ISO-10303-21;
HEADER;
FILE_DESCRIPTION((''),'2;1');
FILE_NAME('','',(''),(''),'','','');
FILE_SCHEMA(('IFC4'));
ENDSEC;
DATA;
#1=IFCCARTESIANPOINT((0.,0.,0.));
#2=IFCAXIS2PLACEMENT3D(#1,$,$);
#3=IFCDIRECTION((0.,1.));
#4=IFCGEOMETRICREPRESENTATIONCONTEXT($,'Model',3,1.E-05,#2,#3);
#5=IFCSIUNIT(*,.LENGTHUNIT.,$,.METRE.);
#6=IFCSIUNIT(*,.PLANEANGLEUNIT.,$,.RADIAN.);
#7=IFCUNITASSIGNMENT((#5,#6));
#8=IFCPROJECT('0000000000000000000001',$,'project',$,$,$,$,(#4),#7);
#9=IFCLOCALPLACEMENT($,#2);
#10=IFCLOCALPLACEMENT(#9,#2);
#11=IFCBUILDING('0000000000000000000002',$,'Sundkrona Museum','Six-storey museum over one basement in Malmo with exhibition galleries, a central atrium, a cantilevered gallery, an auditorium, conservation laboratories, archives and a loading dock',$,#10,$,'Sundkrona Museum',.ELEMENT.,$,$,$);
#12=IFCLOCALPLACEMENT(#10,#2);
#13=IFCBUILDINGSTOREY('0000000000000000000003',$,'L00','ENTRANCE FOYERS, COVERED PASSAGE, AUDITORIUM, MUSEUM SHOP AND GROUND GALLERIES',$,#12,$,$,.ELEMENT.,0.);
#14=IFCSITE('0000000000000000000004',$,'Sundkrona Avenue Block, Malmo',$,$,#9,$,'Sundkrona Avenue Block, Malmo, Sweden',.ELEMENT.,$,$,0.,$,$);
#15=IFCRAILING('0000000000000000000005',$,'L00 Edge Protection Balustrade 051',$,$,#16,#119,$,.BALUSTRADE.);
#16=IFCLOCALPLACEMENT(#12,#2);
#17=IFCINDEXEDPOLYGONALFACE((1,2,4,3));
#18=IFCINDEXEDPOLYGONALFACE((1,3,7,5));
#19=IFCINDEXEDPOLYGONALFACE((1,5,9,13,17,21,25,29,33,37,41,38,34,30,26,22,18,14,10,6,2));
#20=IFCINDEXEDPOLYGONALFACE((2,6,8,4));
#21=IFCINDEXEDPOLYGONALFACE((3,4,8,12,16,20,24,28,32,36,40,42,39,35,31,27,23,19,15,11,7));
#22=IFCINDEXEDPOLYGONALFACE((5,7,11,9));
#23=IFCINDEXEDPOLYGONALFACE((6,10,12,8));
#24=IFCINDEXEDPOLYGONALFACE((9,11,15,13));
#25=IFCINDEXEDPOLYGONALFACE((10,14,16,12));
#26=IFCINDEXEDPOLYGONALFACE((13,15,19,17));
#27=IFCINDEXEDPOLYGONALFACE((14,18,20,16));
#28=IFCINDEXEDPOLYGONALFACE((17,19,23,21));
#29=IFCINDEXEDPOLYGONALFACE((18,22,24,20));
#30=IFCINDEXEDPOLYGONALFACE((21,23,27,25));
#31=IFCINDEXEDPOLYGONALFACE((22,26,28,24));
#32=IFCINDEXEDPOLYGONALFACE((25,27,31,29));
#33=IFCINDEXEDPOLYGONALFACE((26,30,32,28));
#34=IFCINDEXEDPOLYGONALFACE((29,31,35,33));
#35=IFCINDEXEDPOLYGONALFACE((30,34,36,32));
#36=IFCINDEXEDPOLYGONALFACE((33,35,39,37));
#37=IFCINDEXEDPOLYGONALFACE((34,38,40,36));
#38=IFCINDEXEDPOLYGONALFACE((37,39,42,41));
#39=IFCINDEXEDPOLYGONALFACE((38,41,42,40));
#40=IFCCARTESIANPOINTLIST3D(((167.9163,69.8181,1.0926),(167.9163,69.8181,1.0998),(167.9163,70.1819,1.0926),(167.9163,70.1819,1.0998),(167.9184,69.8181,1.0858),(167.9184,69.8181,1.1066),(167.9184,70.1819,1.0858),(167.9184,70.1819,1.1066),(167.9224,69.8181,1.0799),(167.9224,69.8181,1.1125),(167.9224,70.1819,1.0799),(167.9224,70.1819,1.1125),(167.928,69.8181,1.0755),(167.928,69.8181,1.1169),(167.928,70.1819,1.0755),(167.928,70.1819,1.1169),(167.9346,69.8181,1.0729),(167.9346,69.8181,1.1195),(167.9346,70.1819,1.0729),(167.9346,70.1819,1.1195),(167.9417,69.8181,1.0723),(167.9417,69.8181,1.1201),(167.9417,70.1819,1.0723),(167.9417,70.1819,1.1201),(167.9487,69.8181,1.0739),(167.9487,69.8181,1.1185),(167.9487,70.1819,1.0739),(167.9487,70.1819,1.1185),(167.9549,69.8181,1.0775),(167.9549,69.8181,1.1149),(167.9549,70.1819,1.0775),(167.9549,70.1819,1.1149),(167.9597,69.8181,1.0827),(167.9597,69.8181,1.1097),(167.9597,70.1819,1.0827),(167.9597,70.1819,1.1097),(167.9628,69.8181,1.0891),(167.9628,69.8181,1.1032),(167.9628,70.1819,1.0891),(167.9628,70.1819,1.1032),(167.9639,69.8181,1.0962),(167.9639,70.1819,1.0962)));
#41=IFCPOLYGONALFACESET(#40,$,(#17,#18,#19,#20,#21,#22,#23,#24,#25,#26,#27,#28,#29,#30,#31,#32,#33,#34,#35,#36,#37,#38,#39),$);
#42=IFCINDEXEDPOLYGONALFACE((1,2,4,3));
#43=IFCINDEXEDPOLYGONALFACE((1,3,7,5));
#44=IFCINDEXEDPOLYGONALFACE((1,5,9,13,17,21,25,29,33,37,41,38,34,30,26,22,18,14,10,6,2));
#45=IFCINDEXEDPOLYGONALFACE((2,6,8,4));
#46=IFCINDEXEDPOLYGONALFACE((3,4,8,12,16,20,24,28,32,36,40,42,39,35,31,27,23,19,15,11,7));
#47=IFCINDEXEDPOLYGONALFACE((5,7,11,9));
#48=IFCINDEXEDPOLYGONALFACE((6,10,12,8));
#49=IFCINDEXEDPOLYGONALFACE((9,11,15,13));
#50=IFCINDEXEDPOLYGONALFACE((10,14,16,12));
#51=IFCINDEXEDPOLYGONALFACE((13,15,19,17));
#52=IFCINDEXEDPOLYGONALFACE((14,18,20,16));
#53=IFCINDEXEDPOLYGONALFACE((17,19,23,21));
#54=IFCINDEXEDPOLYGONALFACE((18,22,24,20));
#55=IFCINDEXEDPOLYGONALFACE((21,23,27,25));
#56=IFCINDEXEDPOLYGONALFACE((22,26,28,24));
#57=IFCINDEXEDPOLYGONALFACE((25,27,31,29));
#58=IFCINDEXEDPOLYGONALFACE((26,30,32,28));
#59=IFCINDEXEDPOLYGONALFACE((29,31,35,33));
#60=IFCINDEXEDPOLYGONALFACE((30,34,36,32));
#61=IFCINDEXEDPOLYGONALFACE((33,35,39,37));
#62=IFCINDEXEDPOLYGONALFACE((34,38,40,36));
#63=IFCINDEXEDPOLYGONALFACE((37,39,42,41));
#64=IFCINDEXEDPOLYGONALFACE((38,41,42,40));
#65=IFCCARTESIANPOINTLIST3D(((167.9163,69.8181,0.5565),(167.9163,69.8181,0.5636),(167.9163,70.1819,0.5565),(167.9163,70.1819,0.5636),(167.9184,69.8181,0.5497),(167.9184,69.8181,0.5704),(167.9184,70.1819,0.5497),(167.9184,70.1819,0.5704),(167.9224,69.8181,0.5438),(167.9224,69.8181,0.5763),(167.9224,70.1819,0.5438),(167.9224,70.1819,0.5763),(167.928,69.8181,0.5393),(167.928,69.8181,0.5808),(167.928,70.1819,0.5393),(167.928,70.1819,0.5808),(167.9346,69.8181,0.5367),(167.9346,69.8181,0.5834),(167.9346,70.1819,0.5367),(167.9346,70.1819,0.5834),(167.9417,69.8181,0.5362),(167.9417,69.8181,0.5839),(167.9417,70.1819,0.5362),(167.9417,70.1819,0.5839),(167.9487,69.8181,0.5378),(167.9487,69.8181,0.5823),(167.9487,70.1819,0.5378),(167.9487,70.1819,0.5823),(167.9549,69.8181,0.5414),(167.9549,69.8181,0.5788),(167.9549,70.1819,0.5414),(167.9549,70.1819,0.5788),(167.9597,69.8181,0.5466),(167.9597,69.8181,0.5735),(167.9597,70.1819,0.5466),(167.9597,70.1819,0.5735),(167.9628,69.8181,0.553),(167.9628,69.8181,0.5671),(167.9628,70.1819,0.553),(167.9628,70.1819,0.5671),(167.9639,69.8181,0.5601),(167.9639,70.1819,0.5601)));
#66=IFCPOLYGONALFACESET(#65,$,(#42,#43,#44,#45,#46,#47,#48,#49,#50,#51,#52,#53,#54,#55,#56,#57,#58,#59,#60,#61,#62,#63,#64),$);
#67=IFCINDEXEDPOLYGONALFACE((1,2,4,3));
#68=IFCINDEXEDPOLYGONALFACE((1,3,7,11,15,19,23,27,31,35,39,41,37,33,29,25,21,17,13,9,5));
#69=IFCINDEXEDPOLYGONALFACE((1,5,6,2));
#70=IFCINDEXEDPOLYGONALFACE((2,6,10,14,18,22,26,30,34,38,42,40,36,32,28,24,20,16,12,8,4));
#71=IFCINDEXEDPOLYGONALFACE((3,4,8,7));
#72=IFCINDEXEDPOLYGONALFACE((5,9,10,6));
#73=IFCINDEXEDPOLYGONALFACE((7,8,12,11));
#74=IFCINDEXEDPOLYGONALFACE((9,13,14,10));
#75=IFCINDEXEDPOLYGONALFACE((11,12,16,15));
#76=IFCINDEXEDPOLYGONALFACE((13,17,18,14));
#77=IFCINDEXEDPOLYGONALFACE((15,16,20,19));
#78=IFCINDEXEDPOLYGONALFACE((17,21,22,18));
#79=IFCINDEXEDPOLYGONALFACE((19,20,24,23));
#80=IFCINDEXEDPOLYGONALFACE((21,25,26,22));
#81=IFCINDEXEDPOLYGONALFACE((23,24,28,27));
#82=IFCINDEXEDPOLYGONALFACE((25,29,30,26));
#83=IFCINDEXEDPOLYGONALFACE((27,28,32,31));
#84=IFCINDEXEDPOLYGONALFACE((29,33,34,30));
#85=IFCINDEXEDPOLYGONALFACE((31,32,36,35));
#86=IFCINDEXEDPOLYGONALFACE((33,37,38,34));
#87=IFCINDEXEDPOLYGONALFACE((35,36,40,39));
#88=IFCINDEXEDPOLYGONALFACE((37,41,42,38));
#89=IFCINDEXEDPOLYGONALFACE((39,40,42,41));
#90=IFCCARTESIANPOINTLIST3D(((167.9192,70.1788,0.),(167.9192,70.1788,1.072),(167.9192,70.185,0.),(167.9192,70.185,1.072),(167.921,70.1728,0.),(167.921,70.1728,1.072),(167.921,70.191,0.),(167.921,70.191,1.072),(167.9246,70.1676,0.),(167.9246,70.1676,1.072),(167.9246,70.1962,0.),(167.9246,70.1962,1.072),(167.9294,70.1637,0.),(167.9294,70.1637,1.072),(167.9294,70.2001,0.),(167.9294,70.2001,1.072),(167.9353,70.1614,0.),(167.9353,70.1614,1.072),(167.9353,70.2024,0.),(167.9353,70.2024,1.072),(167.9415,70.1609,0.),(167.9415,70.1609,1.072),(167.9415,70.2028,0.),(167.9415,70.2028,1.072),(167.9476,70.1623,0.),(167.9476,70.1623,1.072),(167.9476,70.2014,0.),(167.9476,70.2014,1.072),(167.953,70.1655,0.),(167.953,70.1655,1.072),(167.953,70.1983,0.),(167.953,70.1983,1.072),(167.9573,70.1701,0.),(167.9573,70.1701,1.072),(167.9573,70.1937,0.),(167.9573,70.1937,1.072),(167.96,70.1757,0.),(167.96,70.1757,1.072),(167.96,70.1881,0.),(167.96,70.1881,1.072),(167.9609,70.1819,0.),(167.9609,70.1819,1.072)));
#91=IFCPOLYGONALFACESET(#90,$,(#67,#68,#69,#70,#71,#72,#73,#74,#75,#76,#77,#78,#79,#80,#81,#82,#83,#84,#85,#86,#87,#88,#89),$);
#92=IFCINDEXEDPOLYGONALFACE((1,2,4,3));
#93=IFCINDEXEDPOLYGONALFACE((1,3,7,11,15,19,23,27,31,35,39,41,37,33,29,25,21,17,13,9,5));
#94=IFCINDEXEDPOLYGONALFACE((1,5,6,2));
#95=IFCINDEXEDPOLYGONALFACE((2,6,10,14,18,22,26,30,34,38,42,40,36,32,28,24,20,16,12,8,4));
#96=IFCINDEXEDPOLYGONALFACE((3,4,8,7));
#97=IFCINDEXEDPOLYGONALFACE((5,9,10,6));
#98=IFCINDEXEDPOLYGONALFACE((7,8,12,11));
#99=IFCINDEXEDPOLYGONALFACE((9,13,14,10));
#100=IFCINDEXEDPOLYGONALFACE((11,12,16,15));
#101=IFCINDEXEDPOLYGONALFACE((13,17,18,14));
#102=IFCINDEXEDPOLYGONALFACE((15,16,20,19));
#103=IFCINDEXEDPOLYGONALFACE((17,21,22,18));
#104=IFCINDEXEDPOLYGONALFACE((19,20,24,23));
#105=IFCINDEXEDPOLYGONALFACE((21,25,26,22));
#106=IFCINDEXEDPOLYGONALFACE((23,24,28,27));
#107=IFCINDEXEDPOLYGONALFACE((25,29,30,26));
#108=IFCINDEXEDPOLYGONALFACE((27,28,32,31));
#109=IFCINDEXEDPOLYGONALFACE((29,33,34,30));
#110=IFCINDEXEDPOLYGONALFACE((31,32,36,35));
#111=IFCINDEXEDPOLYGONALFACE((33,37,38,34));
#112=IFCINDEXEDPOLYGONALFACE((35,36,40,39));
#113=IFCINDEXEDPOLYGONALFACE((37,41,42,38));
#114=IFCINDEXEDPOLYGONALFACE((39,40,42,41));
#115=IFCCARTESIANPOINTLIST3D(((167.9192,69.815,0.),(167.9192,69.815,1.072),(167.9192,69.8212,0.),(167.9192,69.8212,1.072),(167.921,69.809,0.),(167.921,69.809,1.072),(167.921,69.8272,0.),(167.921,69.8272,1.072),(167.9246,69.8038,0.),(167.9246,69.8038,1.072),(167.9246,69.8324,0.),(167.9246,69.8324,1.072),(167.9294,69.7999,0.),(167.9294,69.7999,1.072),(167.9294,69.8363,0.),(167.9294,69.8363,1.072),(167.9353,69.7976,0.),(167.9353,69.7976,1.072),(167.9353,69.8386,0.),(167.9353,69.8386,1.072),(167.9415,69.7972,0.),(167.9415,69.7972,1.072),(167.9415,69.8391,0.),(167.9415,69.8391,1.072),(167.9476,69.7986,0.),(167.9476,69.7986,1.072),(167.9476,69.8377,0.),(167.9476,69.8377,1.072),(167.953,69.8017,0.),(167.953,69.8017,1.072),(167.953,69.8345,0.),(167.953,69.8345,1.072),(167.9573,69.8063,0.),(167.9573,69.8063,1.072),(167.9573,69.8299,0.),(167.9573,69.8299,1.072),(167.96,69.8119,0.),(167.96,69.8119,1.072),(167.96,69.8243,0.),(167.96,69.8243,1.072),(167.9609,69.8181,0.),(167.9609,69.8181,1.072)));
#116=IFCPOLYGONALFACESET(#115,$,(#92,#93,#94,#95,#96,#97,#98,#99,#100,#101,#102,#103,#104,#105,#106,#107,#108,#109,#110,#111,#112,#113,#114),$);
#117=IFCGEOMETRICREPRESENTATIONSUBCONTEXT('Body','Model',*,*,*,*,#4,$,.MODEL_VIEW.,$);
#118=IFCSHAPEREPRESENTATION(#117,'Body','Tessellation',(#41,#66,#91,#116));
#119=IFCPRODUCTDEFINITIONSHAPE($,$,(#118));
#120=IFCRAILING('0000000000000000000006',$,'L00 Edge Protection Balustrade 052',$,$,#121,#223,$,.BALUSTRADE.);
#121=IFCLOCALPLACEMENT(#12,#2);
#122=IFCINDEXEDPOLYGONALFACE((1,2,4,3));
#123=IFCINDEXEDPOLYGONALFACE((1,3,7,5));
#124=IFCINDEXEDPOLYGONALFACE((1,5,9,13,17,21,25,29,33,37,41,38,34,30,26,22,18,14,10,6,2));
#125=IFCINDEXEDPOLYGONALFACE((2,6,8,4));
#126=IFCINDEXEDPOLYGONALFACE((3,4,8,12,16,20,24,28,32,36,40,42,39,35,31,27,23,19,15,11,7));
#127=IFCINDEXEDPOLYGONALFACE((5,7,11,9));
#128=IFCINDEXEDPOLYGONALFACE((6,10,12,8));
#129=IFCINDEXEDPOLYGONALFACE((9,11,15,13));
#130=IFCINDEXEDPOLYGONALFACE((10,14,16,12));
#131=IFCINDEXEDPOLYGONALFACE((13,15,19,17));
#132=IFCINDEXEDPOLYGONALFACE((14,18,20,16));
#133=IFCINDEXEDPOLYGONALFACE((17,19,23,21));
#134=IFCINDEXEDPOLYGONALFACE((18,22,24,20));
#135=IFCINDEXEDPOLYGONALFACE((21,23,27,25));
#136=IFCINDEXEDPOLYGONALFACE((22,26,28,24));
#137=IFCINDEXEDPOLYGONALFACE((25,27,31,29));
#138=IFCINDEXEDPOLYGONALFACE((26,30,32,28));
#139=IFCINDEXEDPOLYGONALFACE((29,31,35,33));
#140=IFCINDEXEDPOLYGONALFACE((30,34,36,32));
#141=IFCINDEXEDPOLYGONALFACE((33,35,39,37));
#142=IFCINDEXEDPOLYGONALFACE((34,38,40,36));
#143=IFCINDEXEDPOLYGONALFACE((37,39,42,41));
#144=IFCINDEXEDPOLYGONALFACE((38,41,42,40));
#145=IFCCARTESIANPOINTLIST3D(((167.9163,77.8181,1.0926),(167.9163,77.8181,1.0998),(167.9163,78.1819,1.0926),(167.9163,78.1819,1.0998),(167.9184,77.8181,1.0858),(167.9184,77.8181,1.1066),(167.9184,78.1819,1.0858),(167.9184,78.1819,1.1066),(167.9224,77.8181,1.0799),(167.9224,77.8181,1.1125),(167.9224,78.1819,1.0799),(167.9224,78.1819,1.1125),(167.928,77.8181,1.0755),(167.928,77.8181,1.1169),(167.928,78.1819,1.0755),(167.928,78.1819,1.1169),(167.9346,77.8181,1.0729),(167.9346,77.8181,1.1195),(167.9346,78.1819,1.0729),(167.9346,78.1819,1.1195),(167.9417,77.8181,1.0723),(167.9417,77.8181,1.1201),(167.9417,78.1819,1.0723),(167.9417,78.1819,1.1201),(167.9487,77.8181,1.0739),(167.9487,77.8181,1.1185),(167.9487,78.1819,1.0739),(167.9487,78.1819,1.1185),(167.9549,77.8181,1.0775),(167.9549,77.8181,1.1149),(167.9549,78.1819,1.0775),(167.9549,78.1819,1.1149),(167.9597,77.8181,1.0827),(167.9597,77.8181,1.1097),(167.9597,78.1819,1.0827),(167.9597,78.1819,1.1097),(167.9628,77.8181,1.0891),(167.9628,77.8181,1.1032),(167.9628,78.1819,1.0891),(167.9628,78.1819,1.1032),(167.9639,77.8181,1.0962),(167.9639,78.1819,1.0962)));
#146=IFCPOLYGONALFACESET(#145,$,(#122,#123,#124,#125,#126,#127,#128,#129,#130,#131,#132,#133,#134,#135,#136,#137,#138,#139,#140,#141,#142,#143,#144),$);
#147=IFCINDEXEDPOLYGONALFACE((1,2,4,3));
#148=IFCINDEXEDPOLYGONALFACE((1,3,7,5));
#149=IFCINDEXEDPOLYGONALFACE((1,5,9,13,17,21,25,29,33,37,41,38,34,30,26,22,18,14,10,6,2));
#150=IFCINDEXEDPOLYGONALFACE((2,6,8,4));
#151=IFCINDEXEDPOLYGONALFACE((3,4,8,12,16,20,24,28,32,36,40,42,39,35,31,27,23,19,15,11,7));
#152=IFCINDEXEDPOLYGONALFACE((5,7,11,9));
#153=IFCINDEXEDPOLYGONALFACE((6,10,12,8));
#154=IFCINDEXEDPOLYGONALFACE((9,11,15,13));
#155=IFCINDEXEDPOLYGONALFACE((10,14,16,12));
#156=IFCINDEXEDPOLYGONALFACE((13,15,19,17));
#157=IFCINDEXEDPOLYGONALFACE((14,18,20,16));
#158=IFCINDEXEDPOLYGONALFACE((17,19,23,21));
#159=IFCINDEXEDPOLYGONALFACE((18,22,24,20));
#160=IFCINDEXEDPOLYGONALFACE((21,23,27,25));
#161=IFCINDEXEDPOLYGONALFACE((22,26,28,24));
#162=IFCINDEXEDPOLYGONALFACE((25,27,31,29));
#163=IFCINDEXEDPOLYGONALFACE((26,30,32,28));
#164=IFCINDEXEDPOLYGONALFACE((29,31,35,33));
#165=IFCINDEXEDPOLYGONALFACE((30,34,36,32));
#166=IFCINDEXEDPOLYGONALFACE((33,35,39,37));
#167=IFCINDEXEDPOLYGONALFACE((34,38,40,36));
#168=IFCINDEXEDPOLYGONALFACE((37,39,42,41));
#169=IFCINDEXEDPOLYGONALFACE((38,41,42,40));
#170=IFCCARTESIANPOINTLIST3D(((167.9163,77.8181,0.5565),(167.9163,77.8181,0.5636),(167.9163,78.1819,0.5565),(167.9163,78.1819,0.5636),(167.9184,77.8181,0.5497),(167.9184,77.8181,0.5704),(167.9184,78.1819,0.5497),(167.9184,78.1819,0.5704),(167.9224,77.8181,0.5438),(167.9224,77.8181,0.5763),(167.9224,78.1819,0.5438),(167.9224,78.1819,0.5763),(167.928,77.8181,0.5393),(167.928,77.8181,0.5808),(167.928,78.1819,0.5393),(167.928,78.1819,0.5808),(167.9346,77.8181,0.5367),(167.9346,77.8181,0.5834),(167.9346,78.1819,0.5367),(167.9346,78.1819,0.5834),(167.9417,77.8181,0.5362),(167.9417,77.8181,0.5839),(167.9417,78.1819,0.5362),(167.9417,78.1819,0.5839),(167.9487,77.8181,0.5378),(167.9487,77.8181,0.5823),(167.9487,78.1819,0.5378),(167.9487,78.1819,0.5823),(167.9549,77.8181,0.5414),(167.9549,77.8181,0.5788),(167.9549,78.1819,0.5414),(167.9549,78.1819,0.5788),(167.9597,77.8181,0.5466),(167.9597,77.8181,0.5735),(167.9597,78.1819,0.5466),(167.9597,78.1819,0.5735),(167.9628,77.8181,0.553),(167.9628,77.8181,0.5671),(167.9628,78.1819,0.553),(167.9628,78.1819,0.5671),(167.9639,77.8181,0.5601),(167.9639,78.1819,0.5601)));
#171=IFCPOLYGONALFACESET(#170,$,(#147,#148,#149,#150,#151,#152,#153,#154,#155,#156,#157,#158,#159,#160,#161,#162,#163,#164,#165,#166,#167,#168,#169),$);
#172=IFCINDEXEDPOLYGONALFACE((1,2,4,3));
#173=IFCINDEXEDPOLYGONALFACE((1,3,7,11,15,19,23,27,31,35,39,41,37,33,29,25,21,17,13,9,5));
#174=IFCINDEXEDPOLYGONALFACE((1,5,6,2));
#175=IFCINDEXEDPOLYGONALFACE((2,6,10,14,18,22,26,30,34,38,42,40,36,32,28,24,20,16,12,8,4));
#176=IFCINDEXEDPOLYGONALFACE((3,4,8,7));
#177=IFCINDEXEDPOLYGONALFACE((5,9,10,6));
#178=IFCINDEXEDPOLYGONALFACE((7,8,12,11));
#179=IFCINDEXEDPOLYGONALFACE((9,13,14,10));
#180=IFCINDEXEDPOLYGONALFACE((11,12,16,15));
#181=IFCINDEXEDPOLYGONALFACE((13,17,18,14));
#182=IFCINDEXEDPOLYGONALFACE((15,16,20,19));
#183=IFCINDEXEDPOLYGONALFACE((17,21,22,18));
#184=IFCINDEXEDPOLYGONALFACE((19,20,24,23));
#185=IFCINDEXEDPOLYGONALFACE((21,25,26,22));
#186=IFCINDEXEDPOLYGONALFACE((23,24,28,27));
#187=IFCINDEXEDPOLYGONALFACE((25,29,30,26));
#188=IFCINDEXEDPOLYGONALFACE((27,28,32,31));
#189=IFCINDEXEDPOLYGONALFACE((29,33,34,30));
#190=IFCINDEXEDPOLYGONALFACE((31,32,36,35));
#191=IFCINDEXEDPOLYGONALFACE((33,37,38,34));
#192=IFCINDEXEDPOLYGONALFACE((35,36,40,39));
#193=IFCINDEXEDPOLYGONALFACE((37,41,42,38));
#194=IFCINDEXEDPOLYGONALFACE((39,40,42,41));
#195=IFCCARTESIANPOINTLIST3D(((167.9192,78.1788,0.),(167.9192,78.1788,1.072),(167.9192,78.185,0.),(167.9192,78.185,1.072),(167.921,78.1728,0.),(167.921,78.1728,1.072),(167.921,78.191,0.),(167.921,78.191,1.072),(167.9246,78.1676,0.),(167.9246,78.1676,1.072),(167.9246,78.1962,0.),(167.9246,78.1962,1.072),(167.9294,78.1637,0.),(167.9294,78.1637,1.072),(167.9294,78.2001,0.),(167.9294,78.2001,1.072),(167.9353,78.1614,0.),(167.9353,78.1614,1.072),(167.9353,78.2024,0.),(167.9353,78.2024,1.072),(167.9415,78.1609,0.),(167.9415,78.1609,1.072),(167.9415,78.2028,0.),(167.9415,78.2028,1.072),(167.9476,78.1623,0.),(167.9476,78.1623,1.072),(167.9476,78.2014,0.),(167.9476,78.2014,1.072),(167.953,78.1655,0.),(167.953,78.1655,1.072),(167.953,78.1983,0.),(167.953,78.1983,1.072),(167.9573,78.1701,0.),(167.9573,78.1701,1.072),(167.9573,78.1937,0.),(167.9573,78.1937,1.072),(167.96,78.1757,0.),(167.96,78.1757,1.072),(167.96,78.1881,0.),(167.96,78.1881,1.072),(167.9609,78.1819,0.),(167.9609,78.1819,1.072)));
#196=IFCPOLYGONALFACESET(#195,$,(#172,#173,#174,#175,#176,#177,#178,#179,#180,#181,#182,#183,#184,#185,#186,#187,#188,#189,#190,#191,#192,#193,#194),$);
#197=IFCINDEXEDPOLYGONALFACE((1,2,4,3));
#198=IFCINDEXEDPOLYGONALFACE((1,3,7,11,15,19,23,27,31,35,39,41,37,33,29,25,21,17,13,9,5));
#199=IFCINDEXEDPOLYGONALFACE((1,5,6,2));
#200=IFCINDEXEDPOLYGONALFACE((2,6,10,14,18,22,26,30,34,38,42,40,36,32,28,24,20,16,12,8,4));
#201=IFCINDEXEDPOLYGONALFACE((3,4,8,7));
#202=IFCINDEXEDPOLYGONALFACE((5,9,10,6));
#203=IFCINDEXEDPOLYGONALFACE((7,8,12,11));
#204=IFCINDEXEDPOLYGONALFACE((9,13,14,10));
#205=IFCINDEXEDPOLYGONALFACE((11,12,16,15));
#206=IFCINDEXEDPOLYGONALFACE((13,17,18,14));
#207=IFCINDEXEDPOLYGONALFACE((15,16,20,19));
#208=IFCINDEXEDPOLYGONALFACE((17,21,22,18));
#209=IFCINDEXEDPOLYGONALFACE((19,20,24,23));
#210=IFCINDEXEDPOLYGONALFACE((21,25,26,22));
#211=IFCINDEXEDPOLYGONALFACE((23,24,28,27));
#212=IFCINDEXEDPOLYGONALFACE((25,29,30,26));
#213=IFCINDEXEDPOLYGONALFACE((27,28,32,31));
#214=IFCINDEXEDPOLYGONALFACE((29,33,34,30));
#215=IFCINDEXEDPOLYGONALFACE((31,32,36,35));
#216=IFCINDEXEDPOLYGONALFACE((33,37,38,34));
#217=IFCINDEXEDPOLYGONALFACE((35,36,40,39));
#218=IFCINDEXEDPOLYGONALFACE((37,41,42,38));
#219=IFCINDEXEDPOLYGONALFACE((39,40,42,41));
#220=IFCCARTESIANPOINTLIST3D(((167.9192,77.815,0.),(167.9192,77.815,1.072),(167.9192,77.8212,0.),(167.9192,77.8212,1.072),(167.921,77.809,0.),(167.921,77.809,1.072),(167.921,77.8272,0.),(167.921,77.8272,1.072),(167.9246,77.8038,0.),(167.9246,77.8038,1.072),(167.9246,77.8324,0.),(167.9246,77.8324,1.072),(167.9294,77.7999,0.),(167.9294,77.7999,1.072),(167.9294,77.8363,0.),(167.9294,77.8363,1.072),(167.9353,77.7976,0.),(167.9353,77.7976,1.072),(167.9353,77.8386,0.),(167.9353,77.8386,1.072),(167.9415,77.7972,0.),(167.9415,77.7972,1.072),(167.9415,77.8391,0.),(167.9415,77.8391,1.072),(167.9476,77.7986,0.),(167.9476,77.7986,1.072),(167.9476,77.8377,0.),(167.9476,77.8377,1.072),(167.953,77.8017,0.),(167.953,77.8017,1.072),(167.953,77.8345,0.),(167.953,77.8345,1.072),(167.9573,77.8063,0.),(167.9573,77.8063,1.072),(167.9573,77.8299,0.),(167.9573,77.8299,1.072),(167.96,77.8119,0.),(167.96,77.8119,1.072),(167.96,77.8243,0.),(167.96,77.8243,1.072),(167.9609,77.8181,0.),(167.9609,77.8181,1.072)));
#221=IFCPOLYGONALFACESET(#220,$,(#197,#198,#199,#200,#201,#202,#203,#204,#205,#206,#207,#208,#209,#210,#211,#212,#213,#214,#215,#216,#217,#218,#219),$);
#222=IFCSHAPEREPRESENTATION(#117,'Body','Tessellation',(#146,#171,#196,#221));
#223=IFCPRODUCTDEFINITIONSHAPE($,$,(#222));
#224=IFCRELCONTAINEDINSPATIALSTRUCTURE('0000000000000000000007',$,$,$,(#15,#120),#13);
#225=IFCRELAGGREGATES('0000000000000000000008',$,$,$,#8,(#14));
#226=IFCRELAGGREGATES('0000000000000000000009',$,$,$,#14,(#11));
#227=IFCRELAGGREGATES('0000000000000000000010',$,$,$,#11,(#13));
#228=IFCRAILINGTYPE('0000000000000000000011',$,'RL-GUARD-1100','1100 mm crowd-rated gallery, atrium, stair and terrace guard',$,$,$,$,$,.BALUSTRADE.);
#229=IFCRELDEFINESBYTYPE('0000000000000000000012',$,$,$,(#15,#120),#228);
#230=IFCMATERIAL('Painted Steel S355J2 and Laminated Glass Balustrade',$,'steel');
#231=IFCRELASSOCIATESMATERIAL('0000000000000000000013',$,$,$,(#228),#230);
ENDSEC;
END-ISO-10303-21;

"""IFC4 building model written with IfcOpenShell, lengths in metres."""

from ifc_helpers import new_model, si_unit, direction, frame, origin, origin_2d, place, context, subcontext, project, spatial, circle, extrude, material, type_object, element, save


model = new_model("IFC4")

# Units and contexts
model_context = context("Model", 3, precision=1e-05, world=origin(), true_north=direction((0.0, 1.0)))
body_context = subcontext(model_context, "Body", "Model", "MODEL_VIEW")
ifc_project = project(units=[si_unit("LENGTHUNIT", "METRE"), si_unit("PLANEANGLEUNIT", "RADIAN")], contexts=[model_context])

# Site, building, storey
site_placement = place(None, origin())
site = spatial("IfcSite", under=ifc_project, at=site_placement, Name="Sundkrona Avenue Block, Malmo", LongName="Sundkrona Avenue Block, Malmo, Sweden", CompositionType="ELEMENT", RefElevation=0.0)
building_placement = place(site_placement, origin())
building = spatial("IfcBuilding", under=site, at=building_placement, Name="Sundkrona Museum", Description="Six-storey museum over one basement in Malmo with exhibition galleries, a central atrium, a cantilevered gallery, an auditorium, conservation laboratories, archives and a loading dock", LongName="Sundkrona Museum", CompositionType="ELEMENT")
storey_placement = place(building_placement, origin())
storey = spatial("IfcBuildingStorey", under=building, at=storey_placement, Name="L00", Description="ENTRANCE FOYERS, COVERED PASSAGE, AUDITORIUM, MUSEUM SHOP AND GROUND GALLERIES", CompositionType="ELEMENT", Elevation=0.0)

# Railings
ifc_material_1 = material(Name="Painted Steel S355J2 and Laminated Glass Balustrade", Category="steel")
railing_type = type_object("IfcRailingType", Name="RL-GUARD-1100", Description="1100 mm crowd-rated gallery, atrium, stair and terrace guard", PredefinedType="BALUSTRADE", material=ifc_material_1)
for number, where, name in (
    (1, (167.9399, 70.1819, 0.0), "L00 Edge Protection Balustrade 051"),
    (2, (167.9399, 78.1819, 0.0), "L00 Edge Protection Balustrade 052"),
):
    element("IfcRailing", number, at=place(storey_placement, frame(where)), inside=storey, type_object=railing_type, Name=name, PredefinedType="BALUSTRADE", context=body_context, shape_type="SweptSolid", body=[
        extrude(circle(Radius=0.0239, at=origin_2d()), frame((0.0, 0.0, 1.0962), z_axis=(0.0, -1.0, 0.0), x_axis=(1.0, 0.0, 0.0)), (0.0, 0.0, 1.0), 0.3638),
        extrude(circle(Radius=0.0239, at=origin_2d()), frame((0.0, 0.0, 0.5601), z_axis=(0.0, -1.0, 0.0), x_axis=(1.0, 0.0, 0.0)), (0.0, 0.0, 1.0), 0.3638),
        extrude(circle(Radius=0.021, at=origin_2d()), origin(), (0.0, 0.0, 1.0), 1.072),
        extrude(circle(Radius=0.021, at=origin_2d()), frame((0.0, -0.3638, 0.0)), (0.0, 0.0, 1.0), 1.072),
    ])

save(model, "model.ifc")
